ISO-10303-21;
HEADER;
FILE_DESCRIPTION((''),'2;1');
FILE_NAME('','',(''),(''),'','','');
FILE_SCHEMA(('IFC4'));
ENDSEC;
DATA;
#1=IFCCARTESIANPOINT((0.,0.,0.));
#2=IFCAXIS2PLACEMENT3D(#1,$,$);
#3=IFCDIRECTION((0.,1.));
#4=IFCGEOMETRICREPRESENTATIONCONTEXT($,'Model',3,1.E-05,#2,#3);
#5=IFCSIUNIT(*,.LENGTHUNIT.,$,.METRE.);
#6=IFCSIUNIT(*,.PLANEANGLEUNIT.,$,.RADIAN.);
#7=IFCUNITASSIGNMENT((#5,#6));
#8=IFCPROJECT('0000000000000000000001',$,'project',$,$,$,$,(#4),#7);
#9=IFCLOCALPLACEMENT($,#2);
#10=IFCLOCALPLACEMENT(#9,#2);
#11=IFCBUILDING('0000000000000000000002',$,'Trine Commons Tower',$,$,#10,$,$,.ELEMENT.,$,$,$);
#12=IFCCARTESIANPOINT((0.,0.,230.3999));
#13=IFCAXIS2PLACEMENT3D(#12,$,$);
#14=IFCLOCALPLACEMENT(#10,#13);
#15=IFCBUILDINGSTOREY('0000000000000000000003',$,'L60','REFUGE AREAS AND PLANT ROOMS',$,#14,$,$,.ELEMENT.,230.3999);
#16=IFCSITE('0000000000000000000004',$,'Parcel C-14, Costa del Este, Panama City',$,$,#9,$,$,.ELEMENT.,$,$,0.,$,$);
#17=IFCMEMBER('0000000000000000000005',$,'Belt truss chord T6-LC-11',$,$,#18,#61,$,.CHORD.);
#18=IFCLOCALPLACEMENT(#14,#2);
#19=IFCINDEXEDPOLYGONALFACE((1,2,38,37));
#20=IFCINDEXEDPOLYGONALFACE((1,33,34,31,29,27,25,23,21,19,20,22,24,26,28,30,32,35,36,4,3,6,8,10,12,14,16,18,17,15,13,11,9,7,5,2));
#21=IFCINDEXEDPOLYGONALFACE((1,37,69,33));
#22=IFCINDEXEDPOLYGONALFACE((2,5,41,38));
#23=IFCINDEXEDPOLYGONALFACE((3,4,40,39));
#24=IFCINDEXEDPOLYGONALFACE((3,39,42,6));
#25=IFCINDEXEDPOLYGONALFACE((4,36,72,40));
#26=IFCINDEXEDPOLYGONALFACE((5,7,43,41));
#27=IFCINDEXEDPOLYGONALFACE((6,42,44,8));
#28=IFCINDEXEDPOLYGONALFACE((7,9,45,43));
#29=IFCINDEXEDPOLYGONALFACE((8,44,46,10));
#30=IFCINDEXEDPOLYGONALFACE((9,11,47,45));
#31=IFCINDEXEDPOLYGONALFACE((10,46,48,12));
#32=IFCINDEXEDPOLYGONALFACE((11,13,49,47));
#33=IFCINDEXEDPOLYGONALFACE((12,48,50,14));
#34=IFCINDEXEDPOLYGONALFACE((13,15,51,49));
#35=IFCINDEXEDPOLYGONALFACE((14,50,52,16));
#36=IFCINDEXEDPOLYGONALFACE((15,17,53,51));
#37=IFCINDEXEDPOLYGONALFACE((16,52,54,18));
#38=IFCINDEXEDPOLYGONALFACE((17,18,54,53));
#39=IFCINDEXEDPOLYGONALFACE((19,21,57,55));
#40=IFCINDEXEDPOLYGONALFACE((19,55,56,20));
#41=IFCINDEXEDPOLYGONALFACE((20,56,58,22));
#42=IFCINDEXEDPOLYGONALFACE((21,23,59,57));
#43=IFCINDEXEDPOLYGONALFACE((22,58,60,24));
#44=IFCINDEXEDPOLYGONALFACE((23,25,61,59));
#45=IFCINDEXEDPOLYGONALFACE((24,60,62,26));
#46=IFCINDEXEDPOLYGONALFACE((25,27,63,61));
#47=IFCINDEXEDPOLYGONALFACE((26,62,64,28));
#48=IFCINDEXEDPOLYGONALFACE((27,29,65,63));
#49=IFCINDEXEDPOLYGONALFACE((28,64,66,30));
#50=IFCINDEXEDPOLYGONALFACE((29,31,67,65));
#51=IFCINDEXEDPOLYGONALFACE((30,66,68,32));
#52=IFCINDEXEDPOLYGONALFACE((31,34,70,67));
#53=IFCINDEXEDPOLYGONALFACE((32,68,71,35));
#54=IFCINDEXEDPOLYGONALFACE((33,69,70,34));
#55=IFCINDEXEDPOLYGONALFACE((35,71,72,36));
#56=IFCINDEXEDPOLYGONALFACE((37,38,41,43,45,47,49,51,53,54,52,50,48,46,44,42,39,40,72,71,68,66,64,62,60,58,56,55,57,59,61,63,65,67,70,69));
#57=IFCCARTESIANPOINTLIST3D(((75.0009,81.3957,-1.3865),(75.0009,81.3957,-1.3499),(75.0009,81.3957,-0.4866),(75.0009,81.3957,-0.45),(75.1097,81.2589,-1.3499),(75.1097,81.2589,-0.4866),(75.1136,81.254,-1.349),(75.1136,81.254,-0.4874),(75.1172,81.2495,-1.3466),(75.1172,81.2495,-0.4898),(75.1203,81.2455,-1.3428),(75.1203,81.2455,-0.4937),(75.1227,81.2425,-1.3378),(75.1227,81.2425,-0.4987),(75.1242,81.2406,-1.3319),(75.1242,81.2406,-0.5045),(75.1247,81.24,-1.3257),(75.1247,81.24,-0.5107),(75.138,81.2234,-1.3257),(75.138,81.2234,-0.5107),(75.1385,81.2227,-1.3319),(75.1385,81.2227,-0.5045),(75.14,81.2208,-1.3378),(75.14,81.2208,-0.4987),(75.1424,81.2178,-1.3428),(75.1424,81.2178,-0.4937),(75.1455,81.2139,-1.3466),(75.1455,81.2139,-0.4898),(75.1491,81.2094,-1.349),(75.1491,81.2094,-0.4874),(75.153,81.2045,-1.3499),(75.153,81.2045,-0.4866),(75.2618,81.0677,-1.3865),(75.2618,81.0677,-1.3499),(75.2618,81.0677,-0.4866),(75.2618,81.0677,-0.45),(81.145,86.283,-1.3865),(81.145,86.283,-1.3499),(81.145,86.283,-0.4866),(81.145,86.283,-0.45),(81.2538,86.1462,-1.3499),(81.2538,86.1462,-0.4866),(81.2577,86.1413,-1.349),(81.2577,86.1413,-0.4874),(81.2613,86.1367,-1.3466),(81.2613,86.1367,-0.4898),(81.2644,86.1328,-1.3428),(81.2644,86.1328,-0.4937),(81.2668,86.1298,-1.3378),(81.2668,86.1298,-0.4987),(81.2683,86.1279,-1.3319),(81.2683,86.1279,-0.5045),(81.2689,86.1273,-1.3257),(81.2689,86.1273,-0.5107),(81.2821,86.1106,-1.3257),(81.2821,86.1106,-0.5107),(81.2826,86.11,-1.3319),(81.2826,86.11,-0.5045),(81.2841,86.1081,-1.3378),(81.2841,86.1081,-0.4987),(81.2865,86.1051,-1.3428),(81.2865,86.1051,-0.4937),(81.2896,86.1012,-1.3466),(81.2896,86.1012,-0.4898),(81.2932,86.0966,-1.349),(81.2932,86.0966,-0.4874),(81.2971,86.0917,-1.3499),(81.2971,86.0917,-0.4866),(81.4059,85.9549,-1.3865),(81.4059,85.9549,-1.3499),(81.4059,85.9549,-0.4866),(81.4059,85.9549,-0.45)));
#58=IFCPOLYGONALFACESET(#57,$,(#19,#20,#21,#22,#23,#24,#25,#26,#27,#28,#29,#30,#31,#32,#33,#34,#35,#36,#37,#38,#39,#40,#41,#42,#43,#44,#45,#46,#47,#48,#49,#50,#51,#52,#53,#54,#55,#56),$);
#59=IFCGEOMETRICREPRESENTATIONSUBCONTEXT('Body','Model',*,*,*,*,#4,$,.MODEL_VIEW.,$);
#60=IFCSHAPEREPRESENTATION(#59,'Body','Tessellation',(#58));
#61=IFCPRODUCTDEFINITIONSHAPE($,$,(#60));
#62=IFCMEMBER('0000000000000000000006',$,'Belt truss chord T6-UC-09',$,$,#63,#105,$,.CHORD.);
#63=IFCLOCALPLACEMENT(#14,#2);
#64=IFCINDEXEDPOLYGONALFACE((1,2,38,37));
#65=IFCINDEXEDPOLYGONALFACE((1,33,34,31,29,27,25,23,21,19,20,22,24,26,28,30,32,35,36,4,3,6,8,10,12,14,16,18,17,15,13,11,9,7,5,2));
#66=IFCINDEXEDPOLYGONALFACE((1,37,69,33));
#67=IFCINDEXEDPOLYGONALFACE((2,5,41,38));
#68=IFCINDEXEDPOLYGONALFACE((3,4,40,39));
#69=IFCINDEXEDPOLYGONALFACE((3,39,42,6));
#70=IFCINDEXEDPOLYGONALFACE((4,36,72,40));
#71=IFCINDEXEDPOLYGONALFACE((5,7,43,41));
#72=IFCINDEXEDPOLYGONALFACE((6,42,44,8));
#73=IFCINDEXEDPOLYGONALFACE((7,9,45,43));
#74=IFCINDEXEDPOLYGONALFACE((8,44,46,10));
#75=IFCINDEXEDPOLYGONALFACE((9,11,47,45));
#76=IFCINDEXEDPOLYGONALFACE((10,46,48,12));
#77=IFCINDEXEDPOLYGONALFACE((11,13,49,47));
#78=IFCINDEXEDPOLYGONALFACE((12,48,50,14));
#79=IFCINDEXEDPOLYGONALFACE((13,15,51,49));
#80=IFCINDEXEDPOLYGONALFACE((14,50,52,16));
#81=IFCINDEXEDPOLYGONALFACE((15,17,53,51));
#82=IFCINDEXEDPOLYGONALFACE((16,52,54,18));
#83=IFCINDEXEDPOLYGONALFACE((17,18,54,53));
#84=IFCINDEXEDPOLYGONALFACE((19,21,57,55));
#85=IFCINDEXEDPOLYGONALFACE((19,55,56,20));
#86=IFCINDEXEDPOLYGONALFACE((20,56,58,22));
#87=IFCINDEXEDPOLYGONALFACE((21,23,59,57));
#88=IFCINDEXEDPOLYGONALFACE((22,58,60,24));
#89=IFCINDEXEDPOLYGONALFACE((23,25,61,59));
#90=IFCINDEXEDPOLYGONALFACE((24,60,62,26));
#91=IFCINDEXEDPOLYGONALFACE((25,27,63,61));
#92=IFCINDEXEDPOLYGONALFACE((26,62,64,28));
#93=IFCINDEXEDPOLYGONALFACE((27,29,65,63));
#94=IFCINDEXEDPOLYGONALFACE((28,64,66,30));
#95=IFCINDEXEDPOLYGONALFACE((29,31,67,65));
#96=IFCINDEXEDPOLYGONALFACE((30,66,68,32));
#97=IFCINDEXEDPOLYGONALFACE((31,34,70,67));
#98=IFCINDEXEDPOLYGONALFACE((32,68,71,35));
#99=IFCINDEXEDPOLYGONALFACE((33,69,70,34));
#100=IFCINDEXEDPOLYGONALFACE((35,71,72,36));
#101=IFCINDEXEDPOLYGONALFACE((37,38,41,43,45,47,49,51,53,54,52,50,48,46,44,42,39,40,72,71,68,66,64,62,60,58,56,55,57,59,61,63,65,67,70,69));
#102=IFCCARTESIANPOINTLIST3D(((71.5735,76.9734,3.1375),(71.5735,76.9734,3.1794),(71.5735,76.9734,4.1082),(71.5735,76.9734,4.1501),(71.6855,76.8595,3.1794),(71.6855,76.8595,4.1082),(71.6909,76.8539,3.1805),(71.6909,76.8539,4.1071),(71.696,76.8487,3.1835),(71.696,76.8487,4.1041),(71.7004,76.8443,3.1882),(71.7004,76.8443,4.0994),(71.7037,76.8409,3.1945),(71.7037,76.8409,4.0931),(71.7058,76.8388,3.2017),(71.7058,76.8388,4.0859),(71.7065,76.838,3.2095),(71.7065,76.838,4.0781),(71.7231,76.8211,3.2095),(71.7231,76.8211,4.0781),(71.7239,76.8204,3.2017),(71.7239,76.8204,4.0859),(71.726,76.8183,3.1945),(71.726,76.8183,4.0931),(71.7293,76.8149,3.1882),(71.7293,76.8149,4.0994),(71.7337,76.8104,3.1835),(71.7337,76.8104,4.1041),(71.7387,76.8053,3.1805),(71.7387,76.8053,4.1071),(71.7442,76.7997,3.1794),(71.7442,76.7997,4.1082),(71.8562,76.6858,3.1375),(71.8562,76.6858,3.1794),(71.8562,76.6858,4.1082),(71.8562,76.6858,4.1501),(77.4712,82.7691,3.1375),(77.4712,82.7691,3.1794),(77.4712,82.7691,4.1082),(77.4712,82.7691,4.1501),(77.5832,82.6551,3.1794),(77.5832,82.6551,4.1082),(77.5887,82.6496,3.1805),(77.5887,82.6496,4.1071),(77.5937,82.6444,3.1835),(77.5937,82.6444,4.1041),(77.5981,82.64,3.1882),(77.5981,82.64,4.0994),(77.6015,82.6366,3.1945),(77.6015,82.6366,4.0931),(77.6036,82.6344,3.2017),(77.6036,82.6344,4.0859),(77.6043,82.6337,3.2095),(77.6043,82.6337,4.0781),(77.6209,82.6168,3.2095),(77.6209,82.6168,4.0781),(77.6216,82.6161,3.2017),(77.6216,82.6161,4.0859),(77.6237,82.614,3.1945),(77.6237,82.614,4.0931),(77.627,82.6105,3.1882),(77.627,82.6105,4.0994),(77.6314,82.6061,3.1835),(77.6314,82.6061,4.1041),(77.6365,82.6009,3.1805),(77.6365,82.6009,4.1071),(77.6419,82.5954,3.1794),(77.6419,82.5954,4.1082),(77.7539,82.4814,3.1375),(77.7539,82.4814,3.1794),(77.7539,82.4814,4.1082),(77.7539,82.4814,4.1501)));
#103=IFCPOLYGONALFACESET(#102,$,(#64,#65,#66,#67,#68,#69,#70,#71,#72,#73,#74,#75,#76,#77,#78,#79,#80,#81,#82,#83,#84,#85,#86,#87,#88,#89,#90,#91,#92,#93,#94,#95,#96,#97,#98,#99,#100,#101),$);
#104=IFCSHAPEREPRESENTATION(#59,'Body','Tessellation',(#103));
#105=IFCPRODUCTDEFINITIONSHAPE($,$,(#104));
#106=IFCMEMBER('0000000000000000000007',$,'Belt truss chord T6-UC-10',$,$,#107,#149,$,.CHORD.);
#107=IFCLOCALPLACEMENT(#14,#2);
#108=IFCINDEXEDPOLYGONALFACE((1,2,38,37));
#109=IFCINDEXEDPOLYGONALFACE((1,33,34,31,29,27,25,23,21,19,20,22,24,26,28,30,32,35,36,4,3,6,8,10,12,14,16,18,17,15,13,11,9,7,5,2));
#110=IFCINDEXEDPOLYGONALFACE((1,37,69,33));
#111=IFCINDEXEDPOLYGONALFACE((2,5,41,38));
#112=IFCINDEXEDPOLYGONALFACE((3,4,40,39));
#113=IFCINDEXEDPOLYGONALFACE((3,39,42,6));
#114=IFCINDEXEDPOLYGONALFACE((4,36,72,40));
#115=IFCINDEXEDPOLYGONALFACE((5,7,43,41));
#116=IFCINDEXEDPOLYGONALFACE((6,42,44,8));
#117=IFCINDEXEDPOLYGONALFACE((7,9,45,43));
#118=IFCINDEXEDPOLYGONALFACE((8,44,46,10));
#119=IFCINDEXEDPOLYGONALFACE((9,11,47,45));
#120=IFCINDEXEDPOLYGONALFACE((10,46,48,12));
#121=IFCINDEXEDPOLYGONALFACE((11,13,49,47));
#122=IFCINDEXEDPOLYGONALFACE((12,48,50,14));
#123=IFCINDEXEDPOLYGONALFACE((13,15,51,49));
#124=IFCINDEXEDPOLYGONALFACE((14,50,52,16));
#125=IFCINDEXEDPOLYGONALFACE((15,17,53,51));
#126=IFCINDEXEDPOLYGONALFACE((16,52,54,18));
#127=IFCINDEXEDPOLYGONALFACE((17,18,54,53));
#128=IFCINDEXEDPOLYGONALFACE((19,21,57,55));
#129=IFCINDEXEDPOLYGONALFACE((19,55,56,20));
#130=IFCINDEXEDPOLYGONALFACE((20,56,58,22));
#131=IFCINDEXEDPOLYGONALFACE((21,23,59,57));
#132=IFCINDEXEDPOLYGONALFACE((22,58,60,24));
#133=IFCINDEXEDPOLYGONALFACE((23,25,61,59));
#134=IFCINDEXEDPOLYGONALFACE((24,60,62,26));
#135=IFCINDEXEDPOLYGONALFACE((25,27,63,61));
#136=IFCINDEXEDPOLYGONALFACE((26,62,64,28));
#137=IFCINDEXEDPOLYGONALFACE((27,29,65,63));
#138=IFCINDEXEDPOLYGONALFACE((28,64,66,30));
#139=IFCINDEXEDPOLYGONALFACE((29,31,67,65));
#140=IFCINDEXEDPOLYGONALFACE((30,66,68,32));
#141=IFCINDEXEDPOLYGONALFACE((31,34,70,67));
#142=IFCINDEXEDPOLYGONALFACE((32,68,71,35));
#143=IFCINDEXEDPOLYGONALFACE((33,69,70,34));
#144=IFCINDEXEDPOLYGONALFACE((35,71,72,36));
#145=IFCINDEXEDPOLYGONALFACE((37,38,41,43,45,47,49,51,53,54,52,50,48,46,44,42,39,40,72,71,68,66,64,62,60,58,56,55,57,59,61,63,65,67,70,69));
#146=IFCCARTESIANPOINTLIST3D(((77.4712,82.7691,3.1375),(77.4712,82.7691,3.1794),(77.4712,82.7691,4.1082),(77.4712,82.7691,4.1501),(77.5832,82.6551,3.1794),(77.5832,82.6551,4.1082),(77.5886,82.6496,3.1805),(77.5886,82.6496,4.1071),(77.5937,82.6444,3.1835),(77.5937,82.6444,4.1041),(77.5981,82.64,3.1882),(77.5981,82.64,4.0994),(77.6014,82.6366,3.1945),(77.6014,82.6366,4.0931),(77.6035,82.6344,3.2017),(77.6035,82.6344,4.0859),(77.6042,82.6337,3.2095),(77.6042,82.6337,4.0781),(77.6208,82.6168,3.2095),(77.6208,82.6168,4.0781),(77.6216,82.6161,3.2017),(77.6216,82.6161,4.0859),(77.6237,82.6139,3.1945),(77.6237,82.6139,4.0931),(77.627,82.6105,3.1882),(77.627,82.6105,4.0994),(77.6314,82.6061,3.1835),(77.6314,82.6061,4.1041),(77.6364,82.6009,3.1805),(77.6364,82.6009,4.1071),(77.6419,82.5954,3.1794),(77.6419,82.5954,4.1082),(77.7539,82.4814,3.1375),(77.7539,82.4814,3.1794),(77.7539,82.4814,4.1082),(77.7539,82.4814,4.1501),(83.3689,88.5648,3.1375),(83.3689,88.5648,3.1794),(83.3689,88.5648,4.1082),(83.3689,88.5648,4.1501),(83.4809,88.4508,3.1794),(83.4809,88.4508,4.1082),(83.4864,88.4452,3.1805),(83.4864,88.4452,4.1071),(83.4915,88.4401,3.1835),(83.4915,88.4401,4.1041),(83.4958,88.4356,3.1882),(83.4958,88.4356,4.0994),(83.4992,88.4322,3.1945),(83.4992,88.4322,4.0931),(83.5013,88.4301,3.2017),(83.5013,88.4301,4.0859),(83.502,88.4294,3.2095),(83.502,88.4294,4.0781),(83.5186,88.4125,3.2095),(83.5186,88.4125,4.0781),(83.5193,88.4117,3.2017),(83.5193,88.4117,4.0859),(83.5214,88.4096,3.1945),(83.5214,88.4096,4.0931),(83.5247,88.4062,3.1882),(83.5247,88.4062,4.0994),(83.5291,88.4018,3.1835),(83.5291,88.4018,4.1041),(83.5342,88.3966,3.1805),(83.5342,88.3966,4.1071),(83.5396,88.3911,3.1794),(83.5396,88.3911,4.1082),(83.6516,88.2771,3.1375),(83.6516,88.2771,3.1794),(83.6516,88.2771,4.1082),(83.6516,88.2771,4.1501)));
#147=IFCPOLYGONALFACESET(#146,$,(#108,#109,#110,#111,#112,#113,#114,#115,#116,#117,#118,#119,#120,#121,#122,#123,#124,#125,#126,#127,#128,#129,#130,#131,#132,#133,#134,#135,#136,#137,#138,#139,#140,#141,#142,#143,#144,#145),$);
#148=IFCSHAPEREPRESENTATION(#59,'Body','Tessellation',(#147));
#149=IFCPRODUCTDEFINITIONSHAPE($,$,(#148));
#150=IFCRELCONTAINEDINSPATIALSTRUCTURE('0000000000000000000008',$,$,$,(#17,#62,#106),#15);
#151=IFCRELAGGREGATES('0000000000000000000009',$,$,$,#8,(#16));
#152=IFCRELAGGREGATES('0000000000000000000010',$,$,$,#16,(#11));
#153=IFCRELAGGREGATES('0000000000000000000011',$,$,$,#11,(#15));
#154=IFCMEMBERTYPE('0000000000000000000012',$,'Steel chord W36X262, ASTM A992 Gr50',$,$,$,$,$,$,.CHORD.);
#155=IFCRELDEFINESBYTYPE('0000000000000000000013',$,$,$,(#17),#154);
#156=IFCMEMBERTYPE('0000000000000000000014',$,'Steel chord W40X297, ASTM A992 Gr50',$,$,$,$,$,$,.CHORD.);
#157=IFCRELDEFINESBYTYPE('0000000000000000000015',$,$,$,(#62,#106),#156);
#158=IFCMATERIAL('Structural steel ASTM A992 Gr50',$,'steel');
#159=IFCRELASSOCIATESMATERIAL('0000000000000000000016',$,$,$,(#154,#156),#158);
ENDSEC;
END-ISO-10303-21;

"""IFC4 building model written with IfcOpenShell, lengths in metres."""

from ifc_helpers import new_model, si_unit, direction, frame, origin, origin_2d, place, context, subcontext, project, spatial, i_section, extrude, material, material_profile, profile_set, type_object, element, save


model = new_model("IFC4")

# Units and contexts
model_context = context("Model", 3, precision=1e-05, world=origin(), true_north=direction((0.0, 1.0)))
body_context = subcontext(model_context, "Body", "Model", "MODEL_VIEW")
ifc_project = project(units=[si_unit("LENGTHUNIT", "METRE"), si_unit("PLANEANGLEUNIT", "RADIAN")], contexts=[model_context])

# Site, building, storey
site_placement = place(None, origin())
site = spatial("IfcSite", under=ifc_project, at=site_placement, Name="Parcel C-14, Costa del Este, Panama City", CompositionType="ELEMENT", RefElevation=0.0)
building_placement = place(site_placement, origin())
building = spatial("IfcBuilding", under=site, at=building_placement, Name="Trine Commons Tower", CompositionType="ELEMENT")
storey_placement = place(building_placement, frame((0.0, 0.0, 230.3999)))
storey = spatial("IfcBuildingStorey", under=building, at=storey_placement, Name="L60", Description="REFUGE AREAS AND PLANT ROOMS", CompositionType="ELEMENT", Elevation=230.3999)

# Members
ifc_material_1 = material(Name="Structural steel ASTM A992 Gr50", Category="steel")
ifc_material_profile_1 = material_profile(ifc_material_1, i_section(OverallWidth=0.4192, OverallDepth=0.9365, WebThickness=0.0212, FlangeThickness=0.0366, FilletRadius=0.0242, at=origin_2d()), Name="W36X262")
ifc_profile_set_1 = profile_set([ifc_material_profile_1], Name="Structural steel ASTM A992 Gr50")
member_type_1 = type_object("IfcMemberType", Name="Steel chord W36X262, ASTM A992 Gr50", PredefinedType="CHORD", material=ifc_profile_set_1)
member_1_placement = place(storey_placement, frame((75.1313, 81.2317, -0.9182), z_axis=(0.782607, 0.622516, 0.0), x_axis=(-0.622516, 0.782607, 0.0)))
element("IfcMember", 1, at=member_1_placement, inside=storey, type_object=member_type_1, Name="Belt truss chord T6-LC-11", PredefinedType="CHORD", context=body_context, shape_type="SweptSolid", body=[
    extrude(i_section(OverallWidth=0.4192, OverallDepth=0.9365, WebThickness=0.0212, FlangeThickness=0.0366, FilletRadius=0.0242, at=origin_2d()), origin(), (0.0, 0.0, 1.0), 7.8508),
])
ifc_material_profile_2 = material_profile(ifc_material_1, i_section(OverallWidth=0.4033, OverallDepth=1.0127, WebThickness=0.0237, FlangeThickness=0.042, FilletRadius=0.03, at=origin_2d()), Name="W40X297")
ifc_profile_set_2 = profile_set([ifc_material_profile_2], Name="Structural steel ASTM A992 Gr50")
member_type_2 = type_object("IfcMemberType", Name="Steel chord W40X297, ASTM A992 Gr50", PredefinedType="CHORD", material=ifc_profile_set_2)
for number, where, z_axis, x_axis, name in (
    (2, (71.7148, 76.8296, 3.6438), (0.713251, 0.700909, 0.0), (-0.700909, 0.713251, 0.0), "Belt truss chord T6-UC-09"),
    (3, (77.6125, 82.6252, 3.6438), (0.713251, 0.700909, 0.0), (-0.700909, 0.713251, 0.0), "Belt truss chord T6-UC-10"),
):
    element("IfcMember", number, at=place(storey_placement, frame(where, z_axis=z_axis, x_axis=x_axis)), inside=storey, type_object=member_type_2, Name=name, PredefinedType="CHORD", context=body_context, shape_type="SweptSolid", body=[
        extrude(i_section(OverallWidth=0.4033, OverallDepth=1.0127, WebThickness=0.0237, FlangeThickness=0.042, FilletRadius=0.03, at=origin_2d()), origin(), (0.0, 0.0, 1.0), 8.2688),
    ])

save(model, "model.ifc")
